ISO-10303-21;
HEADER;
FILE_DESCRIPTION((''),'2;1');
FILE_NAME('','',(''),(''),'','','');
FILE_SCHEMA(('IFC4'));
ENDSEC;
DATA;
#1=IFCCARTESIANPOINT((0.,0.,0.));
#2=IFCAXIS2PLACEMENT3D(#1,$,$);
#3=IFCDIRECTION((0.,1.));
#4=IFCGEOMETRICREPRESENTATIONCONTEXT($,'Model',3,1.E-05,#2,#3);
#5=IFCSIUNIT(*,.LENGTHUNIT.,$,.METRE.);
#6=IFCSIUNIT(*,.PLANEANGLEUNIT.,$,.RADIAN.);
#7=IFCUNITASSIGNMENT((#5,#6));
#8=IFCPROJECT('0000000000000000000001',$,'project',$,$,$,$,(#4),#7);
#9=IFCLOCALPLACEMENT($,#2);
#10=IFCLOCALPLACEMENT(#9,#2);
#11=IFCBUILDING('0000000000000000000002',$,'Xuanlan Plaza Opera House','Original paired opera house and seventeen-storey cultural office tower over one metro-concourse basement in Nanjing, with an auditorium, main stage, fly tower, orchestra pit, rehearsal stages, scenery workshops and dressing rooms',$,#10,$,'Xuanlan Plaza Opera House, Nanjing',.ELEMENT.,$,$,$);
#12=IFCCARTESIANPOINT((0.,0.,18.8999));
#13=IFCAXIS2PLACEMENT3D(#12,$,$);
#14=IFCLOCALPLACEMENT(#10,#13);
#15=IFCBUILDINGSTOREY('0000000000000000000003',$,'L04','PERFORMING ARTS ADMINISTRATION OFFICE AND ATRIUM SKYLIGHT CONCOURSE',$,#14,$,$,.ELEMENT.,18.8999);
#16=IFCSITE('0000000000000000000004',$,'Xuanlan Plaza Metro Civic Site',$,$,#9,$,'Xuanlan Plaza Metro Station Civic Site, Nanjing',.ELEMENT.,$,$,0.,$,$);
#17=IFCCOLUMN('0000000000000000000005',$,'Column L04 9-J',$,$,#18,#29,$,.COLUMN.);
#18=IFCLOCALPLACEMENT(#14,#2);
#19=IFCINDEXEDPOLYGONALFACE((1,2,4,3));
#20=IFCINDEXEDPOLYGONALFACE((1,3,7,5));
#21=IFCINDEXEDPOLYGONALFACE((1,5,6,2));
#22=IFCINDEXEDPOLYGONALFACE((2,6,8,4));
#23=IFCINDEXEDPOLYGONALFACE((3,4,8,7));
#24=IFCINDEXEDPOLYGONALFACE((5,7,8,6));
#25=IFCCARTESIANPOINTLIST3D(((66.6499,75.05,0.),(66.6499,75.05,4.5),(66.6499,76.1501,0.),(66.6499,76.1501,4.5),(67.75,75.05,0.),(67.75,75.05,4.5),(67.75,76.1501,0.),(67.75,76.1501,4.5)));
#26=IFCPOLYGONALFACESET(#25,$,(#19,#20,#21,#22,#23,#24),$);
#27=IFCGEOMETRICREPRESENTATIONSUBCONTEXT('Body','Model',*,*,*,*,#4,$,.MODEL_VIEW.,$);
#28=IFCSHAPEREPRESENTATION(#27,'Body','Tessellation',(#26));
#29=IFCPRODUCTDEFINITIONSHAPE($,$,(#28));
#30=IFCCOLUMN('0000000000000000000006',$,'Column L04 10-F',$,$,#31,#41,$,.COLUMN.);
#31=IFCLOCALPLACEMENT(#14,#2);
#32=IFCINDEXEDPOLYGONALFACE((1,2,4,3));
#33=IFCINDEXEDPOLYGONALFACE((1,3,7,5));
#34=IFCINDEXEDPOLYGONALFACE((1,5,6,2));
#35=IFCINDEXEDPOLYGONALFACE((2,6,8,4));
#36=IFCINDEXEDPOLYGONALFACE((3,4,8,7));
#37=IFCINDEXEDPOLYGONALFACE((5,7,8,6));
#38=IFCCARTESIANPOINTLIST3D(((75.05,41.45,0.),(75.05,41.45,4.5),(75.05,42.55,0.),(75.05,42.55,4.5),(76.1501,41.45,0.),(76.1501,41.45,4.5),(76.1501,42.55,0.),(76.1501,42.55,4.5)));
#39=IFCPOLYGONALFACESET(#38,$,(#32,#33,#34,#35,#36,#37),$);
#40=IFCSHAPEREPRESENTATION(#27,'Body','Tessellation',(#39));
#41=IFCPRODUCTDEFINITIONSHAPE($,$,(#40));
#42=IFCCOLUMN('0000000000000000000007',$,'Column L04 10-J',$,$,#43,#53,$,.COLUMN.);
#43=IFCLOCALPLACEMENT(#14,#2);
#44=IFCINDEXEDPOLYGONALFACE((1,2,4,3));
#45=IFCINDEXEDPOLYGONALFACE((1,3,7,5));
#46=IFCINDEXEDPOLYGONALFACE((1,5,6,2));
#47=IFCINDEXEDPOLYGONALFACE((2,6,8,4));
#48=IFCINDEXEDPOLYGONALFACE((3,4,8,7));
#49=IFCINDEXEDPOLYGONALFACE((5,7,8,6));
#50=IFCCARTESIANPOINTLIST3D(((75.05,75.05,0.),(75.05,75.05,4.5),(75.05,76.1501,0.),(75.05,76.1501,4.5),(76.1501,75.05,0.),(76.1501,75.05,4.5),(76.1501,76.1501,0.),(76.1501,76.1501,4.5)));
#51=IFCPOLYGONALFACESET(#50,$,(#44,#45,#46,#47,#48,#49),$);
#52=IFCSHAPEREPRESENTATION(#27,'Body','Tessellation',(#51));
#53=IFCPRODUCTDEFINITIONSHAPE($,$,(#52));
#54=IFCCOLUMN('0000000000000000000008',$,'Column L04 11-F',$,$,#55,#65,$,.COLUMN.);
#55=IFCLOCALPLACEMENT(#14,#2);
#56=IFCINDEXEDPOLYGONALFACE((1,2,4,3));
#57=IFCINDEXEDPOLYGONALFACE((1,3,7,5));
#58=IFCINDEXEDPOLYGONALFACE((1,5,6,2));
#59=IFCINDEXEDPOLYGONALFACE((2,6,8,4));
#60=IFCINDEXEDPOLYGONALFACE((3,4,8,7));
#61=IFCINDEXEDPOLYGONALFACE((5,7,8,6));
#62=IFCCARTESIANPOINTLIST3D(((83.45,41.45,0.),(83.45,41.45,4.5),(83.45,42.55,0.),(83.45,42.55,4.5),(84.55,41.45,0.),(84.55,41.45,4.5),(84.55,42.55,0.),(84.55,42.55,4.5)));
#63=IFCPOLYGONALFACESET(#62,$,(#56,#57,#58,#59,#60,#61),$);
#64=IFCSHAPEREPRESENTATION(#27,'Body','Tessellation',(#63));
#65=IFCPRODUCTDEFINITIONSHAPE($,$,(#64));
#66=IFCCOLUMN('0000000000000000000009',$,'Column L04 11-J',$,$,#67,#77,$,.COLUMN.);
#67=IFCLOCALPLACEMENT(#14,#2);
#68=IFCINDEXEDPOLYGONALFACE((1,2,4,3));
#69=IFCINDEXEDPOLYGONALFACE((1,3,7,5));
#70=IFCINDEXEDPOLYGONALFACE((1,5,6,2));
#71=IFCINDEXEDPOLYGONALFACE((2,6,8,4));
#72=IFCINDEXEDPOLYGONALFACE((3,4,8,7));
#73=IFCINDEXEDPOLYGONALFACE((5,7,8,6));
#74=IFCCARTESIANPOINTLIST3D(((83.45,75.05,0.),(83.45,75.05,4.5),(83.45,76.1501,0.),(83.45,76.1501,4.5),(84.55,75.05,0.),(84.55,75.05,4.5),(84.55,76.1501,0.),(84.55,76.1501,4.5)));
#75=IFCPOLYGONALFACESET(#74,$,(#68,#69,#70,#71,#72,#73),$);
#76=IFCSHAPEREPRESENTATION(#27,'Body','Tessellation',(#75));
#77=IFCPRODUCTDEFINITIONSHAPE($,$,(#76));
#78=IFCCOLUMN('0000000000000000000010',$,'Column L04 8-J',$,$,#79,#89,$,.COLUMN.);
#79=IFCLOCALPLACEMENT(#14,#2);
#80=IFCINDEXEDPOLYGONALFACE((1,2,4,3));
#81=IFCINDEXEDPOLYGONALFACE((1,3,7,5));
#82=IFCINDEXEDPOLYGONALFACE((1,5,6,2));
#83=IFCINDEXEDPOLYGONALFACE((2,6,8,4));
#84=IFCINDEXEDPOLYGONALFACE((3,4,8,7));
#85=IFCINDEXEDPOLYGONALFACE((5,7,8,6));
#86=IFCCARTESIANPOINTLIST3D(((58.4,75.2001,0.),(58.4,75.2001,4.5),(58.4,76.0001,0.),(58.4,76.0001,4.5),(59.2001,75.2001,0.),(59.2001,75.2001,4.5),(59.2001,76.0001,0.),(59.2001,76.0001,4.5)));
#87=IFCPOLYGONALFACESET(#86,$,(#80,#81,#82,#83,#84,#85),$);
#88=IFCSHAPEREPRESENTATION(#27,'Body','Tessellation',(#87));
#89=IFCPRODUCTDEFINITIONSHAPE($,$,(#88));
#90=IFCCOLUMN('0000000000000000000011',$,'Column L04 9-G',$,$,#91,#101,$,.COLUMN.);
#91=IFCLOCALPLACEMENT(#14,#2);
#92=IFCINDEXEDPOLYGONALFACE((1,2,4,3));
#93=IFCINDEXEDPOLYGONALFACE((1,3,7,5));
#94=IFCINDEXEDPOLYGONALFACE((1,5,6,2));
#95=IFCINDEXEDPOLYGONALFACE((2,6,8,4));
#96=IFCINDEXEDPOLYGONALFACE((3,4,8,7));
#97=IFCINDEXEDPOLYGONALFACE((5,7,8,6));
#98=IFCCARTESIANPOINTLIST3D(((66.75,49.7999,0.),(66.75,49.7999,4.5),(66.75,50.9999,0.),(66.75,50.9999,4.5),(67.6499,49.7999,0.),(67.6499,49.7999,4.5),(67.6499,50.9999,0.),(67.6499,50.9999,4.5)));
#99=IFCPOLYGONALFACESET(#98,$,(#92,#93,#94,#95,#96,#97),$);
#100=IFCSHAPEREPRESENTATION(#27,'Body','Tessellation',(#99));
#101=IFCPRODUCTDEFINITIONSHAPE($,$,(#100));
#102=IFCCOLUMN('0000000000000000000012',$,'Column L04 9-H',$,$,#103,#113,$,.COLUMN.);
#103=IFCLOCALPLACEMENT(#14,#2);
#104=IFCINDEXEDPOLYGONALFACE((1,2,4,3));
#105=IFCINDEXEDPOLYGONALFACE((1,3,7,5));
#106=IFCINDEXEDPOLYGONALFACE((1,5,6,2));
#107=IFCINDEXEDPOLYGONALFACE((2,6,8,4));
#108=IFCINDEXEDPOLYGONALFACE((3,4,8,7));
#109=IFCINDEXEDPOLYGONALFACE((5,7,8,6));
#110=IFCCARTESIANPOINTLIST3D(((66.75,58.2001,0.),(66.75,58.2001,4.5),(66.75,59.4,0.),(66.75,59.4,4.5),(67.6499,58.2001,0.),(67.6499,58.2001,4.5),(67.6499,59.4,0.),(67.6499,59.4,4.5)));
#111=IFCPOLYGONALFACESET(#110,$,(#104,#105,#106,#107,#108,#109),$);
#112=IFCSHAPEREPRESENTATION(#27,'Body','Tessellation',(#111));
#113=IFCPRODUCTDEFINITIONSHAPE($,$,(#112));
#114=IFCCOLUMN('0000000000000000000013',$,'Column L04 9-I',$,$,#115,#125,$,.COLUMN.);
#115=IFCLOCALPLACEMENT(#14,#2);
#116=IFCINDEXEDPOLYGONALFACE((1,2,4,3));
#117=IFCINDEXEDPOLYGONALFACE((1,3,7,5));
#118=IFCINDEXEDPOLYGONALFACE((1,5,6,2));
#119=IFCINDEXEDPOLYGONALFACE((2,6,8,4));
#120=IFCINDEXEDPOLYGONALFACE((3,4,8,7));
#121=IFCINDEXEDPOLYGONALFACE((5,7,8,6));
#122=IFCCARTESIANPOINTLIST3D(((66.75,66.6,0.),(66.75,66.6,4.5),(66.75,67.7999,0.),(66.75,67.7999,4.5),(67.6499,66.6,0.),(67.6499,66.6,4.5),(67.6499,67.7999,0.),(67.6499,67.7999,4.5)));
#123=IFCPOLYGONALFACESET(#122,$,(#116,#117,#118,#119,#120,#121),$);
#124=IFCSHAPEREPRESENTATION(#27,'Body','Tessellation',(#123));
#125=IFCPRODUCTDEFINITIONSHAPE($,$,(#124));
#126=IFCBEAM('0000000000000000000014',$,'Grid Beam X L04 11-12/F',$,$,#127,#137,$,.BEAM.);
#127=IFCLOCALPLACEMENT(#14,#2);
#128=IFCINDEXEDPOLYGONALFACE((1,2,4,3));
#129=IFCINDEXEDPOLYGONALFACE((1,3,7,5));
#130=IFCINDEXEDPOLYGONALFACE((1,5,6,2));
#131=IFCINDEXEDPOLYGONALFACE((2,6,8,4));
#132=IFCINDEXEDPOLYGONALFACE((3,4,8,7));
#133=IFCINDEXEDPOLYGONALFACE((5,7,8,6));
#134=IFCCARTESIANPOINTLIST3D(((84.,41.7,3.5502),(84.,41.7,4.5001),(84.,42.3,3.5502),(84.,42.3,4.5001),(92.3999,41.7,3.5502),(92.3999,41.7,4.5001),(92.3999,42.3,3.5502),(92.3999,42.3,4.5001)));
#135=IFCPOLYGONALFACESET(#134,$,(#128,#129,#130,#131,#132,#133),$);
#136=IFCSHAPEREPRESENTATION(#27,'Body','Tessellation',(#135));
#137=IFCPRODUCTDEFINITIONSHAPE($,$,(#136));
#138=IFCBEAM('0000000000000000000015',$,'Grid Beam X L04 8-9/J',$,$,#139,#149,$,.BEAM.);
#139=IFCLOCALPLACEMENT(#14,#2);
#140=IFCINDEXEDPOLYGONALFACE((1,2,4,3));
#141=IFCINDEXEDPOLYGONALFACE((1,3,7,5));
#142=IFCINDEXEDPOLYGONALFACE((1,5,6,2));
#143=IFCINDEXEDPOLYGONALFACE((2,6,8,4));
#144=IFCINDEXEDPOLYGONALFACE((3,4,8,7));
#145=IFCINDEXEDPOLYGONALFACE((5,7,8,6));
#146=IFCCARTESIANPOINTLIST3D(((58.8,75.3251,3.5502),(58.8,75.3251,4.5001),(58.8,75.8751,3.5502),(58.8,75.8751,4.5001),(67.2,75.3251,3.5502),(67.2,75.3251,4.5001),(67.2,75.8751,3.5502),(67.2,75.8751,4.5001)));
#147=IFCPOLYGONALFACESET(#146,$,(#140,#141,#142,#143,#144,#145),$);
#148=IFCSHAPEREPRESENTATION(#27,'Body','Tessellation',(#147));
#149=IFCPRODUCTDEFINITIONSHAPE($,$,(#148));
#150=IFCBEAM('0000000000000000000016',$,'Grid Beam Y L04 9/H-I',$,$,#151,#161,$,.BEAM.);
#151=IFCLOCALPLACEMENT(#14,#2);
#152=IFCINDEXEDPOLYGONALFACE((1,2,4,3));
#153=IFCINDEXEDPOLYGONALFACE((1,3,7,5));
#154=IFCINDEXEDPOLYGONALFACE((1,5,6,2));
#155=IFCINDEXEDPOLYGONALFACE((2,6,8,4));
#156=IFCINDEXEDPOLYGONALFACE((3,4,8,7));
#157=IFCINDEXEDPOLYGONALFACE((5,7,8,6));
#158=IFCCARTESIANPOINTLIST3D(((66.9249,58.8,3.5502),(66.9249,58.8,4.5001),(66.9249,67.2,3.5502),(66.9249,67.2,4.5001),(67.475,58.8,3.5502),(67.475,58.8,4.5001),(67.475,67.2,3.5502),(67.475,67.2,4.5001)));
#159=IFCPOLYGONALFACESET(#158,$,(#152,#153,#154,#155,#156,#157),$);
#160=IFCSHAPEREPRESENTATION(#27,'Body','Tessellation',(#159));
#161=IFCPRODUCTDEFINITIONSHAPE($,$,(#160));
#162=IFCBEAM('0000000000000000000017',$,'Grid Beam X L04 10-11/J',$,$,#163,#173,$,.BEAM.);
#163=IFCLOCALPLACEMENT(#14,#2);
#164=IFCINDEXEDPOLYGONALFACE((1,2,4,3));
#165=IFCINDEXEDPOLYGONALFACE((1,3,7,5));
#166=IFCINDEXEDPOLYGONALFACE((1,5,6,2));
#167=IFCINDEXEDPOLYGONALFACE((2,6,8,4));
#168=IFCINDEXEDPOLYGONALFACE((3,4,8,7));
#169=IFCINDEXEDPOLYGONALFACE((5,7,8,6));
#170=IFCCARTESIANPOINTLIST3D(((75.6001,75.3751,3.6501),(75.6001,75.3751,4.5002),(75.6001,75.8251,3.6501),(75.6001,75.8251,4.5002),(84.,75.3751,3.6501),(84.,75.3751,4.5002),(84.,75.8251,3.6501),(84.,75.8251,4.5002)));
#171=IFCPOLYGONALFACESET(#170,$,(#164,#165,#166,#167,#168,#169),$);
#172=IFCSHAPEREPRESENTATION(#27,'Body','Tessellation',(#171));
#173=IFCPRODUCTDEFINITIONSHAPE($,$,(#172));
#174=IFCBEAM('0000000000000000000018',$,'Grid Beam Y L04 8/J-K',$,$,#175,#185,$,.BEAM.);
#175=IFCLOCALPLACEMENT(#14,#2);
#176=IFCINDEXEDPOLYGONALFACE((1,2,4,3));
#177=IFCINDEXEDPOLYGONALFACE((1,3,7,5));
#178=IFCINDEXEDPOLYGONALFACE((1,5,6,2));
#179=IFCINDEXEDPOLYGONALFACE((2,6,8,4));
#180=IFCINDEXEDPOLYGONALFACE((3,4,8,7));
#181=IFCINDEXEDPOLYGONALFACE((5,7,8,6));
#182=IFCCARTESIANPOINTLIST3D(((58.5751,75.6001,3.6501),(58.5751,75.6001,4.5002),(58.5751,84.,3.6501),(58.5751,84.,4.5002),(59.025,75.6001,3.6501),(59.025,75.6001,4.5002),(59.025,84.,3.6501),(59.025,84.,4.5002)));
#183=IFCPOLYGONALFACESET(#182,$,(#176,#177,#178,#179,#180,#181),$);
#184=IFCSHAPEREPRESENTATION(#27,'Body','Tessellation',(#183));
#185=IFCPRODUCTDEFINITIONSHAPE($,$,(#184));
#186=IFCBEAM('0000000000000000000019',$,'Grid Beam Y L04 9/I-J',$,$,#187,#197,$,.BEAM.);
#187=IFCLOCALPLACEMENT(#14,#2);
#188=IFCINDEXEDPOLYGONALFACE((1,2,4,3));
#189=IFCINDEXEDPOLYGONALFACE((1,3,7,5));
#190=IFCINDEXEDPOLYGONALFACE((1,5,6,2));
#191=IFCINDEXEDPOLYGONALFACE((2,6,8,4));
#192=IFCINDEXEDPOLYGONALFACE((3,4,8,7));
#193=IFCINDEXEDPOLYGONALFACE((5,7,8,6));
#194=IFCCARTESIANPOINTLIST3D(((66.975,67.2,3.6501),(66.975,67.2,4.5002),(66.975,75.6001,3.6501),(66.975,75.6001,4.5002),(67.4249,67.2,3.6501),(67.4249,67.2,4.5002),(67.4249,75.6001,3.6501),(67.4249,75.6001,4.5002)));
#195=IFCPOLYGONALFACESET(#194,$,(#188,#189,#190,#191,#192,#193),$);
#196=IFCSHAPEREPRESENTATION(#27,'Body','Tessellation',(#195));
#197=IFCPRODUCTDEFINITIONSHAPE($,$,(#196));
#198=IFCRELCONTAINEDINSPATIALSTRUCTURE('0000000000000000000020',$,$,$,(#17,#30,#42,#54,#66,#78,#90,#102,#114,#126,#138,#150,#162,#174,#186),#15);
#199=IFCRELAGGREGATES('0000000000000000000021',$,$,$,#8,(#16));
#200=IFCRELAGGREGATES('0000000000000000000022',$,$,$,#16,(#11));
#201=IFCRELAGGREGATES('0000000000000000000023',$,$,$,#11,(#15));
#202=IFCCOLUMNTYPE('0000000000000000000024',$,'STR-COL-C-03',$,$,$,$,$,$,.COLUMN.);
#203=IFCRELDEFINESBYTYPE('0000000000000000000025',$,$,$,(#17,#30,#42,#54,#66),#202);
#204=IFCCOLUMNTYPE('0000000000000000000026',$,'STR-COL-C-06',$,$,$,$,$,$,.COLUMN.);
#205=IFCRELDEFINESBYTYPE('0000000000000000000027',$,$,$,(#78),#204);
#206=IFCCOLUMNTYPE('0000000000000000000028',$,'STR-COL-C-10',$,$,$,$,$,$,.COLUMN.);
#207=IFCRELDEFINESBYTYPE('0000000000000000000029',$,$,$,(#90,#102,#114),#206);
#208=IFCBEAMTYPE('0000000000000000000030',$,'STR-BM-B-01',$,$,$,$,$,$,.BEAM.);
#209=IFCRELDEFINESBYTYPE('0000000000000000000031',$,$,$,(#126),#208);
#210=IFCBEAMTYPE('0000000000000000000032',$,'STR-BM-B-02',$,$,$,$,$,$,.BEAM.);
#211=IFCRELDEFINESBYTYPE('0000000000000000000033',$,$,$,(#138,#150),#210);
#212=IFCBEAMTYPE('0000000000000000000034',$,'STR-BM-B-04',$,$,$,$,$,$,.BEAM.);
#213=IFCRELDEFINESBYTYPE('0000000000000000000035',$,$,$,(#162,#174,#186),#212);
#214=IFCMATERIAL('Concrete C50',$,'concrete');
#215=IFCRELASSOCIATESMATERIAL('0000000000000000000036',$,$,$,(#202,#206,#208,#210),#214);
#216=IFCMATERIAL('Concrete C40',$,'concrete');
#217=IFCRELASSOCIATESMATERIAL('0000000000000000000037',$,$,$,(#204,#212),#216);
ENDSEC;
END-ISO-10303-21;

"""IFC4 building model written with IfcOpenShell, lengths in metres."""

from ifc_helpers import new_model, si_unit, direction, frame, origin, origin_2d, place, context, subcontext, project, spatial, rectangle, extrude, material, material_profile, profile_set, type_object, element, save


model = new_model("IFC4")

# Units and contexts
model_context = context("Model", 3, precision=1e-05, world=origin(), true_north=direction((0.0, 1.0)))
body_context = subcontext(model_context, "Body", "Model", "MODEL_VIEW")
ifc_project = project(units=[si_unit("LENGTHUNIT", "METRE"), si_unit("PLANEANGLEUNIT", "RADIAN")], contexts=[model_context])

# Site, building, storey
site_placement = place(None, origin())
site = spatial("IfcSite", under=ifc_project, at=site_placement, Name="Xuanlan Plaza Metro Civic Site", LongName="Xuanlan Plaza Metro Station Civic Site, Nanjing", CompositionType="ELEMENT", RefElevation=0.0)
building_placement = place(site_placement, origin())
building = spatial("IfcBuilding", under=site, at=building_placement, Name="Xuanlan Plaza Opera House", Description="Original paired opera house and seventeen-storey cultural office tower over one metro-concourse basement in Nanjing, with an auditorium, main stage, fly tower, orchestra pit, rehearsal stages, scenery workshops and dressing rooms", LongName="Xuanlan Plaza Opera House, Nanjing", CompositionType="ELEMENT")
storey_placement = place(building_placement, frame((0.0, 0.0, 18.8999)))
storey = spatial("IfcBuildingStorey", under=building, at=storey_placement, Name="L04", Description="PERFORMING ARTS ADMINISTRATION OFFICE AND ATRIUM SKYLIGHT CONCOURSE", CompositionType="ELEMENT", Elevation=18.8999)

# Columns
ifc_material_1 = material(Name="Concrete C50", Category="concrete")
ifc_material_profile_1 = material_profile(ifc_material_1, rectangle(XDim=1.1001, YDim=1.1001, at=origin_2d()), Name="RC-COL 1100x1100")
ifc_profile_set_1 = profile_set([ifc_material_profile_1], Name="Concrete C50")
column_type_1 = type_object("IfcColumnType", Name="STR-COL-C-03", PredefinedType="COLUMN", material=ifc_profile_set_1)
for number, where, z_axis, x_axis, name in (
    (1, (67.2, 75.6001, 0.0), (0.0, 0.0, 1.0), (1.0, 0.0, 0.0), "Column L04 9-J"),
    (2, (75.6001, 42.0, 0.0), (0.0, 0.0, 1.0), (1.0, 0.0, 0.0), "Column L04 10-F"),
    (3, (75.6001, 75.6001, 0.0), (0.0, 0.0, 1.0), (1.0, 0.0, 0.0), "Column L04 10-J"),
    (4, (84.0, 42.0, 0.0), (0.0, 0.0, 1.0), (1.0, 0.0, 0.0), "Column L04 11-F"),
    (5, (84.0, 75.6001, 0.0), (0.0, 0.0, 1.0), (1.0, 0.0, 0.0), "Column L04 11-J"),
):
    element("IfcColumn", number, at=place(storey_placement, frame(where, z_axis=z_axis, x_axis=x_axis)), inside=storey, type_object=column_type_1, Name=name, PredefinedType="COLUMN", context=body_context, shape_type="SweptSolid", body=[
        extrude(rectangle(XDim=1.1001, YDim=1.1001, at=origin_2d()), origin(), (0.0, 0.0, 1.0), 4.5),
    ])
ifc_material_2 = material(Name="Concrete C40", Category="concrete")
ifc_material_profile_2 = material_profile(ifc_material_2, rectangle(XDim=0.8, YDim=0.8, at=origin_2d()), Name="RC-COL 800x800")
ifc_profile_set_2 = profile_set([ifc_material_profile_2], Name="Concrete C40")
column_type_2 = type_object("IfcColumnType", Name="STR-COL-C-06", PredefinedType="COLUMN", material=ifc_profile_set_2)
column_placement = place(storey_placement, frame((58.8, 75.6001, 0.0), z_axis=(0.0, 0.0, 1.0), x_axis=(1.0, 0.0, 0.0)))
element("IfcColumn", 6, at=column_placement, inside=storey, type_object=column_type_2, Name="Column L04 8-J", PredefinedType="COLUMN", context=body_context, shape_type="SweptSolid", body=[
    extrude(rectangle(XDim=0.8, YDim=0.8, at=origin_2d()), origin(), (0.0, 0.0, 1.0), 4.5),
])
ifc_material_profile_3 = material_profile(ifc_material_1, rectangle(XDim=0.8999, YDim=1.2, at=origin_2d()), Name="RC-COL 900x1200")
ifc_profile_set_3 = profile_set([ifc_material_profile_3], Name="Concrete C50")
column_type_3 = type_object("IfcColumnType", Name="STR-COL-C-10", PredefinedType="COLUMN", material=ifc_profile_set_3)
for number, where, z_axis, x_axis, name in (
    (7, (67.2, 50.3999, 0.0), (0.0, 0.0, 1.0), (1.0, 0.0, 0.0), "Column L04 9-G"),
    (8, (67.2, 58.8, 0.0), (0.0, 0.0, 1.0), (1.0, 0.0, 0.0), "Column L04 9-H"),
    (9, (67.2, 67.2, 0.0), (0.0, 0.0, 1.0), (1.0, 0.0, 0.0), "Column L04 9-I"),
):
    element("IfcColumn", number, at=place(storey_placement, frame(where, z_axis=z_axis, x_axis=x_axis)), inside=storey, type_object=column_type_3, Name=name, PredefinedType="COLUMN", context=body_context, shape_type="SweptSolid", body=[
        extrude(rectangle(XDim=0.8999, YDim=1.2, at=origin_2d()), origin(), (0.0, 0.0, 1.0), 4.5),
    ])

# Beams
ifc_material_profile_4 = material_profile(ifc_material_1, rectangle(XDim=0.6001, YDim=0.95, at=origin_2d()), Name="RC-BM 600x950")
ifc_profile_set_4 = profile_set([ifc_material_profile_4], Name="Concrete C50")
beam_type_1 = type_object("IfcBeamType", Name="STR-BM-B-01", PredefinedType="BEAM", material=ifc_profile_set_4)
beam_1_placement = place(storey_placement, frame((84.0, 42.0, 4.0251), z_axis=(1.0, 0.0, 0.0), x_axis=(0.0, 1.0, 0.0)))
element("IfcBeam", 10, at=beam_1_placement, inside=storey, type_object=beam_type_1, Name="Grid Beam X L04 11-12/F", PredefinedType="BEAM", context=body_context, shape_type="SweptSolid", body=[
    extrude(rectangle(XDim=0.6001, YDim=0.95, at=origin_2d()), origin(), (0.0, 0.0, 1.0), 8.3999),
])
ifc_material_profile_5 = material_profile(ifc_material_1, rectangle(XDim=0.55, YDim=0.95, at=origin_2d()), Name="RC-BM 550x950")
ifc_profile_set_5 = profile_set([ifc_material_profile_5], Name="Concrete C50")
beam_type_2 = type_object("IfcBeamType", Name="STR-BM-B-02", PredefinedType="BEAM", material=ifc_profile_set_5)
for number, where, z_axis, x_axis, name in (
    (11, (58.8, 75.6001, 4.0251), (1.0, 0.0, 0.0), (0.0, 1.0, 0.0), "Grid Beam X L04 8-9/J"),
    (12, (67.2, 58.8, 4.0251), (0.0, 1.0, 0.0), (-1.0, 0.0, 0.0), "Grid Beam Y L04 9/H-I"),
):
    element("IfcBeam", number, at=place(storey_placement, frame(where, z_axis=z_axis, x_axis=x_axis)), inside=storey, type_object=beam_type_2, Name=name, PredefinedType="BEAM", context=body_context, shape_type="SweptSolid", body=[
        extrude(rectangle(XDim=0.55, YDim=0.95, at=origin_2d()), origin(), (0.0, 0.0, 1.0), 8.3999),
    ])
ifc_material_profile_6 = material_profile(ifc_material_2, rectangle(XDim=0.45, YDim=0.8501, at=origin_2d()), Name="RC-BM 450x850")
ifc_profile_set_6 = profile_set([ifc_material_profile_6], Name="Concrete C40")
beam_type_3 = type_object("IfcBeamType", Name="STR-BM-B-04", PredefinedType="BEAM", material=ifc_profile_set_6)
for number, where, z_axis, x_axis, name in (
    (13, (75.6001, 75.6001, 4.0752), (1.0, 0.0, 0.0), (0.0, 1.0, 0.0), "Grid Beam X L04 10-11/J"),
    (14, (58.8, 75.6001, 4.0752), (0.0, 1.0, 0.0), (-1.0, 0.0, 0.0), "Grid Beam Y L04 8/J-K"),
):
    element("IfcBeam", number, at=place(storey_placement, frame(where, z_axis=z_axis, x_axis=x_axis)), inside=storey, type_object=beam_type_3, Name=name, PredefinedType="BEAM", context=body_context, shape_type="SweptSolid", body=[
        extrude(rectangle(XDim=0.45, YDim=0.8501, at=origin_2d()), origin(), (0.0, 0.0, 1.0), 8.3999),
    ])
beam_2_placement = place(storey_placement, frame((67.2, 67.2, 4.0752), z_axis=(0.0, 1.0, 0.0), x_axis=(-1.0, 0.0, 0.0)))
element("IfcBeam", 15, at=beam_2_placement, inside=storey, type_object=beam_type_3, Name="Grid Beam Y L04 9/I-J", PredefinedType="BEAM", context=body_context, shape_type="SweptSolid", body=[
    extrude(rectangle(XDim=0.45, YDim=0.8501, at=origin_2d()), origin(), (0.0, 0.0, 1.0), 8.4001),
])

save(model, "model.ifc")
